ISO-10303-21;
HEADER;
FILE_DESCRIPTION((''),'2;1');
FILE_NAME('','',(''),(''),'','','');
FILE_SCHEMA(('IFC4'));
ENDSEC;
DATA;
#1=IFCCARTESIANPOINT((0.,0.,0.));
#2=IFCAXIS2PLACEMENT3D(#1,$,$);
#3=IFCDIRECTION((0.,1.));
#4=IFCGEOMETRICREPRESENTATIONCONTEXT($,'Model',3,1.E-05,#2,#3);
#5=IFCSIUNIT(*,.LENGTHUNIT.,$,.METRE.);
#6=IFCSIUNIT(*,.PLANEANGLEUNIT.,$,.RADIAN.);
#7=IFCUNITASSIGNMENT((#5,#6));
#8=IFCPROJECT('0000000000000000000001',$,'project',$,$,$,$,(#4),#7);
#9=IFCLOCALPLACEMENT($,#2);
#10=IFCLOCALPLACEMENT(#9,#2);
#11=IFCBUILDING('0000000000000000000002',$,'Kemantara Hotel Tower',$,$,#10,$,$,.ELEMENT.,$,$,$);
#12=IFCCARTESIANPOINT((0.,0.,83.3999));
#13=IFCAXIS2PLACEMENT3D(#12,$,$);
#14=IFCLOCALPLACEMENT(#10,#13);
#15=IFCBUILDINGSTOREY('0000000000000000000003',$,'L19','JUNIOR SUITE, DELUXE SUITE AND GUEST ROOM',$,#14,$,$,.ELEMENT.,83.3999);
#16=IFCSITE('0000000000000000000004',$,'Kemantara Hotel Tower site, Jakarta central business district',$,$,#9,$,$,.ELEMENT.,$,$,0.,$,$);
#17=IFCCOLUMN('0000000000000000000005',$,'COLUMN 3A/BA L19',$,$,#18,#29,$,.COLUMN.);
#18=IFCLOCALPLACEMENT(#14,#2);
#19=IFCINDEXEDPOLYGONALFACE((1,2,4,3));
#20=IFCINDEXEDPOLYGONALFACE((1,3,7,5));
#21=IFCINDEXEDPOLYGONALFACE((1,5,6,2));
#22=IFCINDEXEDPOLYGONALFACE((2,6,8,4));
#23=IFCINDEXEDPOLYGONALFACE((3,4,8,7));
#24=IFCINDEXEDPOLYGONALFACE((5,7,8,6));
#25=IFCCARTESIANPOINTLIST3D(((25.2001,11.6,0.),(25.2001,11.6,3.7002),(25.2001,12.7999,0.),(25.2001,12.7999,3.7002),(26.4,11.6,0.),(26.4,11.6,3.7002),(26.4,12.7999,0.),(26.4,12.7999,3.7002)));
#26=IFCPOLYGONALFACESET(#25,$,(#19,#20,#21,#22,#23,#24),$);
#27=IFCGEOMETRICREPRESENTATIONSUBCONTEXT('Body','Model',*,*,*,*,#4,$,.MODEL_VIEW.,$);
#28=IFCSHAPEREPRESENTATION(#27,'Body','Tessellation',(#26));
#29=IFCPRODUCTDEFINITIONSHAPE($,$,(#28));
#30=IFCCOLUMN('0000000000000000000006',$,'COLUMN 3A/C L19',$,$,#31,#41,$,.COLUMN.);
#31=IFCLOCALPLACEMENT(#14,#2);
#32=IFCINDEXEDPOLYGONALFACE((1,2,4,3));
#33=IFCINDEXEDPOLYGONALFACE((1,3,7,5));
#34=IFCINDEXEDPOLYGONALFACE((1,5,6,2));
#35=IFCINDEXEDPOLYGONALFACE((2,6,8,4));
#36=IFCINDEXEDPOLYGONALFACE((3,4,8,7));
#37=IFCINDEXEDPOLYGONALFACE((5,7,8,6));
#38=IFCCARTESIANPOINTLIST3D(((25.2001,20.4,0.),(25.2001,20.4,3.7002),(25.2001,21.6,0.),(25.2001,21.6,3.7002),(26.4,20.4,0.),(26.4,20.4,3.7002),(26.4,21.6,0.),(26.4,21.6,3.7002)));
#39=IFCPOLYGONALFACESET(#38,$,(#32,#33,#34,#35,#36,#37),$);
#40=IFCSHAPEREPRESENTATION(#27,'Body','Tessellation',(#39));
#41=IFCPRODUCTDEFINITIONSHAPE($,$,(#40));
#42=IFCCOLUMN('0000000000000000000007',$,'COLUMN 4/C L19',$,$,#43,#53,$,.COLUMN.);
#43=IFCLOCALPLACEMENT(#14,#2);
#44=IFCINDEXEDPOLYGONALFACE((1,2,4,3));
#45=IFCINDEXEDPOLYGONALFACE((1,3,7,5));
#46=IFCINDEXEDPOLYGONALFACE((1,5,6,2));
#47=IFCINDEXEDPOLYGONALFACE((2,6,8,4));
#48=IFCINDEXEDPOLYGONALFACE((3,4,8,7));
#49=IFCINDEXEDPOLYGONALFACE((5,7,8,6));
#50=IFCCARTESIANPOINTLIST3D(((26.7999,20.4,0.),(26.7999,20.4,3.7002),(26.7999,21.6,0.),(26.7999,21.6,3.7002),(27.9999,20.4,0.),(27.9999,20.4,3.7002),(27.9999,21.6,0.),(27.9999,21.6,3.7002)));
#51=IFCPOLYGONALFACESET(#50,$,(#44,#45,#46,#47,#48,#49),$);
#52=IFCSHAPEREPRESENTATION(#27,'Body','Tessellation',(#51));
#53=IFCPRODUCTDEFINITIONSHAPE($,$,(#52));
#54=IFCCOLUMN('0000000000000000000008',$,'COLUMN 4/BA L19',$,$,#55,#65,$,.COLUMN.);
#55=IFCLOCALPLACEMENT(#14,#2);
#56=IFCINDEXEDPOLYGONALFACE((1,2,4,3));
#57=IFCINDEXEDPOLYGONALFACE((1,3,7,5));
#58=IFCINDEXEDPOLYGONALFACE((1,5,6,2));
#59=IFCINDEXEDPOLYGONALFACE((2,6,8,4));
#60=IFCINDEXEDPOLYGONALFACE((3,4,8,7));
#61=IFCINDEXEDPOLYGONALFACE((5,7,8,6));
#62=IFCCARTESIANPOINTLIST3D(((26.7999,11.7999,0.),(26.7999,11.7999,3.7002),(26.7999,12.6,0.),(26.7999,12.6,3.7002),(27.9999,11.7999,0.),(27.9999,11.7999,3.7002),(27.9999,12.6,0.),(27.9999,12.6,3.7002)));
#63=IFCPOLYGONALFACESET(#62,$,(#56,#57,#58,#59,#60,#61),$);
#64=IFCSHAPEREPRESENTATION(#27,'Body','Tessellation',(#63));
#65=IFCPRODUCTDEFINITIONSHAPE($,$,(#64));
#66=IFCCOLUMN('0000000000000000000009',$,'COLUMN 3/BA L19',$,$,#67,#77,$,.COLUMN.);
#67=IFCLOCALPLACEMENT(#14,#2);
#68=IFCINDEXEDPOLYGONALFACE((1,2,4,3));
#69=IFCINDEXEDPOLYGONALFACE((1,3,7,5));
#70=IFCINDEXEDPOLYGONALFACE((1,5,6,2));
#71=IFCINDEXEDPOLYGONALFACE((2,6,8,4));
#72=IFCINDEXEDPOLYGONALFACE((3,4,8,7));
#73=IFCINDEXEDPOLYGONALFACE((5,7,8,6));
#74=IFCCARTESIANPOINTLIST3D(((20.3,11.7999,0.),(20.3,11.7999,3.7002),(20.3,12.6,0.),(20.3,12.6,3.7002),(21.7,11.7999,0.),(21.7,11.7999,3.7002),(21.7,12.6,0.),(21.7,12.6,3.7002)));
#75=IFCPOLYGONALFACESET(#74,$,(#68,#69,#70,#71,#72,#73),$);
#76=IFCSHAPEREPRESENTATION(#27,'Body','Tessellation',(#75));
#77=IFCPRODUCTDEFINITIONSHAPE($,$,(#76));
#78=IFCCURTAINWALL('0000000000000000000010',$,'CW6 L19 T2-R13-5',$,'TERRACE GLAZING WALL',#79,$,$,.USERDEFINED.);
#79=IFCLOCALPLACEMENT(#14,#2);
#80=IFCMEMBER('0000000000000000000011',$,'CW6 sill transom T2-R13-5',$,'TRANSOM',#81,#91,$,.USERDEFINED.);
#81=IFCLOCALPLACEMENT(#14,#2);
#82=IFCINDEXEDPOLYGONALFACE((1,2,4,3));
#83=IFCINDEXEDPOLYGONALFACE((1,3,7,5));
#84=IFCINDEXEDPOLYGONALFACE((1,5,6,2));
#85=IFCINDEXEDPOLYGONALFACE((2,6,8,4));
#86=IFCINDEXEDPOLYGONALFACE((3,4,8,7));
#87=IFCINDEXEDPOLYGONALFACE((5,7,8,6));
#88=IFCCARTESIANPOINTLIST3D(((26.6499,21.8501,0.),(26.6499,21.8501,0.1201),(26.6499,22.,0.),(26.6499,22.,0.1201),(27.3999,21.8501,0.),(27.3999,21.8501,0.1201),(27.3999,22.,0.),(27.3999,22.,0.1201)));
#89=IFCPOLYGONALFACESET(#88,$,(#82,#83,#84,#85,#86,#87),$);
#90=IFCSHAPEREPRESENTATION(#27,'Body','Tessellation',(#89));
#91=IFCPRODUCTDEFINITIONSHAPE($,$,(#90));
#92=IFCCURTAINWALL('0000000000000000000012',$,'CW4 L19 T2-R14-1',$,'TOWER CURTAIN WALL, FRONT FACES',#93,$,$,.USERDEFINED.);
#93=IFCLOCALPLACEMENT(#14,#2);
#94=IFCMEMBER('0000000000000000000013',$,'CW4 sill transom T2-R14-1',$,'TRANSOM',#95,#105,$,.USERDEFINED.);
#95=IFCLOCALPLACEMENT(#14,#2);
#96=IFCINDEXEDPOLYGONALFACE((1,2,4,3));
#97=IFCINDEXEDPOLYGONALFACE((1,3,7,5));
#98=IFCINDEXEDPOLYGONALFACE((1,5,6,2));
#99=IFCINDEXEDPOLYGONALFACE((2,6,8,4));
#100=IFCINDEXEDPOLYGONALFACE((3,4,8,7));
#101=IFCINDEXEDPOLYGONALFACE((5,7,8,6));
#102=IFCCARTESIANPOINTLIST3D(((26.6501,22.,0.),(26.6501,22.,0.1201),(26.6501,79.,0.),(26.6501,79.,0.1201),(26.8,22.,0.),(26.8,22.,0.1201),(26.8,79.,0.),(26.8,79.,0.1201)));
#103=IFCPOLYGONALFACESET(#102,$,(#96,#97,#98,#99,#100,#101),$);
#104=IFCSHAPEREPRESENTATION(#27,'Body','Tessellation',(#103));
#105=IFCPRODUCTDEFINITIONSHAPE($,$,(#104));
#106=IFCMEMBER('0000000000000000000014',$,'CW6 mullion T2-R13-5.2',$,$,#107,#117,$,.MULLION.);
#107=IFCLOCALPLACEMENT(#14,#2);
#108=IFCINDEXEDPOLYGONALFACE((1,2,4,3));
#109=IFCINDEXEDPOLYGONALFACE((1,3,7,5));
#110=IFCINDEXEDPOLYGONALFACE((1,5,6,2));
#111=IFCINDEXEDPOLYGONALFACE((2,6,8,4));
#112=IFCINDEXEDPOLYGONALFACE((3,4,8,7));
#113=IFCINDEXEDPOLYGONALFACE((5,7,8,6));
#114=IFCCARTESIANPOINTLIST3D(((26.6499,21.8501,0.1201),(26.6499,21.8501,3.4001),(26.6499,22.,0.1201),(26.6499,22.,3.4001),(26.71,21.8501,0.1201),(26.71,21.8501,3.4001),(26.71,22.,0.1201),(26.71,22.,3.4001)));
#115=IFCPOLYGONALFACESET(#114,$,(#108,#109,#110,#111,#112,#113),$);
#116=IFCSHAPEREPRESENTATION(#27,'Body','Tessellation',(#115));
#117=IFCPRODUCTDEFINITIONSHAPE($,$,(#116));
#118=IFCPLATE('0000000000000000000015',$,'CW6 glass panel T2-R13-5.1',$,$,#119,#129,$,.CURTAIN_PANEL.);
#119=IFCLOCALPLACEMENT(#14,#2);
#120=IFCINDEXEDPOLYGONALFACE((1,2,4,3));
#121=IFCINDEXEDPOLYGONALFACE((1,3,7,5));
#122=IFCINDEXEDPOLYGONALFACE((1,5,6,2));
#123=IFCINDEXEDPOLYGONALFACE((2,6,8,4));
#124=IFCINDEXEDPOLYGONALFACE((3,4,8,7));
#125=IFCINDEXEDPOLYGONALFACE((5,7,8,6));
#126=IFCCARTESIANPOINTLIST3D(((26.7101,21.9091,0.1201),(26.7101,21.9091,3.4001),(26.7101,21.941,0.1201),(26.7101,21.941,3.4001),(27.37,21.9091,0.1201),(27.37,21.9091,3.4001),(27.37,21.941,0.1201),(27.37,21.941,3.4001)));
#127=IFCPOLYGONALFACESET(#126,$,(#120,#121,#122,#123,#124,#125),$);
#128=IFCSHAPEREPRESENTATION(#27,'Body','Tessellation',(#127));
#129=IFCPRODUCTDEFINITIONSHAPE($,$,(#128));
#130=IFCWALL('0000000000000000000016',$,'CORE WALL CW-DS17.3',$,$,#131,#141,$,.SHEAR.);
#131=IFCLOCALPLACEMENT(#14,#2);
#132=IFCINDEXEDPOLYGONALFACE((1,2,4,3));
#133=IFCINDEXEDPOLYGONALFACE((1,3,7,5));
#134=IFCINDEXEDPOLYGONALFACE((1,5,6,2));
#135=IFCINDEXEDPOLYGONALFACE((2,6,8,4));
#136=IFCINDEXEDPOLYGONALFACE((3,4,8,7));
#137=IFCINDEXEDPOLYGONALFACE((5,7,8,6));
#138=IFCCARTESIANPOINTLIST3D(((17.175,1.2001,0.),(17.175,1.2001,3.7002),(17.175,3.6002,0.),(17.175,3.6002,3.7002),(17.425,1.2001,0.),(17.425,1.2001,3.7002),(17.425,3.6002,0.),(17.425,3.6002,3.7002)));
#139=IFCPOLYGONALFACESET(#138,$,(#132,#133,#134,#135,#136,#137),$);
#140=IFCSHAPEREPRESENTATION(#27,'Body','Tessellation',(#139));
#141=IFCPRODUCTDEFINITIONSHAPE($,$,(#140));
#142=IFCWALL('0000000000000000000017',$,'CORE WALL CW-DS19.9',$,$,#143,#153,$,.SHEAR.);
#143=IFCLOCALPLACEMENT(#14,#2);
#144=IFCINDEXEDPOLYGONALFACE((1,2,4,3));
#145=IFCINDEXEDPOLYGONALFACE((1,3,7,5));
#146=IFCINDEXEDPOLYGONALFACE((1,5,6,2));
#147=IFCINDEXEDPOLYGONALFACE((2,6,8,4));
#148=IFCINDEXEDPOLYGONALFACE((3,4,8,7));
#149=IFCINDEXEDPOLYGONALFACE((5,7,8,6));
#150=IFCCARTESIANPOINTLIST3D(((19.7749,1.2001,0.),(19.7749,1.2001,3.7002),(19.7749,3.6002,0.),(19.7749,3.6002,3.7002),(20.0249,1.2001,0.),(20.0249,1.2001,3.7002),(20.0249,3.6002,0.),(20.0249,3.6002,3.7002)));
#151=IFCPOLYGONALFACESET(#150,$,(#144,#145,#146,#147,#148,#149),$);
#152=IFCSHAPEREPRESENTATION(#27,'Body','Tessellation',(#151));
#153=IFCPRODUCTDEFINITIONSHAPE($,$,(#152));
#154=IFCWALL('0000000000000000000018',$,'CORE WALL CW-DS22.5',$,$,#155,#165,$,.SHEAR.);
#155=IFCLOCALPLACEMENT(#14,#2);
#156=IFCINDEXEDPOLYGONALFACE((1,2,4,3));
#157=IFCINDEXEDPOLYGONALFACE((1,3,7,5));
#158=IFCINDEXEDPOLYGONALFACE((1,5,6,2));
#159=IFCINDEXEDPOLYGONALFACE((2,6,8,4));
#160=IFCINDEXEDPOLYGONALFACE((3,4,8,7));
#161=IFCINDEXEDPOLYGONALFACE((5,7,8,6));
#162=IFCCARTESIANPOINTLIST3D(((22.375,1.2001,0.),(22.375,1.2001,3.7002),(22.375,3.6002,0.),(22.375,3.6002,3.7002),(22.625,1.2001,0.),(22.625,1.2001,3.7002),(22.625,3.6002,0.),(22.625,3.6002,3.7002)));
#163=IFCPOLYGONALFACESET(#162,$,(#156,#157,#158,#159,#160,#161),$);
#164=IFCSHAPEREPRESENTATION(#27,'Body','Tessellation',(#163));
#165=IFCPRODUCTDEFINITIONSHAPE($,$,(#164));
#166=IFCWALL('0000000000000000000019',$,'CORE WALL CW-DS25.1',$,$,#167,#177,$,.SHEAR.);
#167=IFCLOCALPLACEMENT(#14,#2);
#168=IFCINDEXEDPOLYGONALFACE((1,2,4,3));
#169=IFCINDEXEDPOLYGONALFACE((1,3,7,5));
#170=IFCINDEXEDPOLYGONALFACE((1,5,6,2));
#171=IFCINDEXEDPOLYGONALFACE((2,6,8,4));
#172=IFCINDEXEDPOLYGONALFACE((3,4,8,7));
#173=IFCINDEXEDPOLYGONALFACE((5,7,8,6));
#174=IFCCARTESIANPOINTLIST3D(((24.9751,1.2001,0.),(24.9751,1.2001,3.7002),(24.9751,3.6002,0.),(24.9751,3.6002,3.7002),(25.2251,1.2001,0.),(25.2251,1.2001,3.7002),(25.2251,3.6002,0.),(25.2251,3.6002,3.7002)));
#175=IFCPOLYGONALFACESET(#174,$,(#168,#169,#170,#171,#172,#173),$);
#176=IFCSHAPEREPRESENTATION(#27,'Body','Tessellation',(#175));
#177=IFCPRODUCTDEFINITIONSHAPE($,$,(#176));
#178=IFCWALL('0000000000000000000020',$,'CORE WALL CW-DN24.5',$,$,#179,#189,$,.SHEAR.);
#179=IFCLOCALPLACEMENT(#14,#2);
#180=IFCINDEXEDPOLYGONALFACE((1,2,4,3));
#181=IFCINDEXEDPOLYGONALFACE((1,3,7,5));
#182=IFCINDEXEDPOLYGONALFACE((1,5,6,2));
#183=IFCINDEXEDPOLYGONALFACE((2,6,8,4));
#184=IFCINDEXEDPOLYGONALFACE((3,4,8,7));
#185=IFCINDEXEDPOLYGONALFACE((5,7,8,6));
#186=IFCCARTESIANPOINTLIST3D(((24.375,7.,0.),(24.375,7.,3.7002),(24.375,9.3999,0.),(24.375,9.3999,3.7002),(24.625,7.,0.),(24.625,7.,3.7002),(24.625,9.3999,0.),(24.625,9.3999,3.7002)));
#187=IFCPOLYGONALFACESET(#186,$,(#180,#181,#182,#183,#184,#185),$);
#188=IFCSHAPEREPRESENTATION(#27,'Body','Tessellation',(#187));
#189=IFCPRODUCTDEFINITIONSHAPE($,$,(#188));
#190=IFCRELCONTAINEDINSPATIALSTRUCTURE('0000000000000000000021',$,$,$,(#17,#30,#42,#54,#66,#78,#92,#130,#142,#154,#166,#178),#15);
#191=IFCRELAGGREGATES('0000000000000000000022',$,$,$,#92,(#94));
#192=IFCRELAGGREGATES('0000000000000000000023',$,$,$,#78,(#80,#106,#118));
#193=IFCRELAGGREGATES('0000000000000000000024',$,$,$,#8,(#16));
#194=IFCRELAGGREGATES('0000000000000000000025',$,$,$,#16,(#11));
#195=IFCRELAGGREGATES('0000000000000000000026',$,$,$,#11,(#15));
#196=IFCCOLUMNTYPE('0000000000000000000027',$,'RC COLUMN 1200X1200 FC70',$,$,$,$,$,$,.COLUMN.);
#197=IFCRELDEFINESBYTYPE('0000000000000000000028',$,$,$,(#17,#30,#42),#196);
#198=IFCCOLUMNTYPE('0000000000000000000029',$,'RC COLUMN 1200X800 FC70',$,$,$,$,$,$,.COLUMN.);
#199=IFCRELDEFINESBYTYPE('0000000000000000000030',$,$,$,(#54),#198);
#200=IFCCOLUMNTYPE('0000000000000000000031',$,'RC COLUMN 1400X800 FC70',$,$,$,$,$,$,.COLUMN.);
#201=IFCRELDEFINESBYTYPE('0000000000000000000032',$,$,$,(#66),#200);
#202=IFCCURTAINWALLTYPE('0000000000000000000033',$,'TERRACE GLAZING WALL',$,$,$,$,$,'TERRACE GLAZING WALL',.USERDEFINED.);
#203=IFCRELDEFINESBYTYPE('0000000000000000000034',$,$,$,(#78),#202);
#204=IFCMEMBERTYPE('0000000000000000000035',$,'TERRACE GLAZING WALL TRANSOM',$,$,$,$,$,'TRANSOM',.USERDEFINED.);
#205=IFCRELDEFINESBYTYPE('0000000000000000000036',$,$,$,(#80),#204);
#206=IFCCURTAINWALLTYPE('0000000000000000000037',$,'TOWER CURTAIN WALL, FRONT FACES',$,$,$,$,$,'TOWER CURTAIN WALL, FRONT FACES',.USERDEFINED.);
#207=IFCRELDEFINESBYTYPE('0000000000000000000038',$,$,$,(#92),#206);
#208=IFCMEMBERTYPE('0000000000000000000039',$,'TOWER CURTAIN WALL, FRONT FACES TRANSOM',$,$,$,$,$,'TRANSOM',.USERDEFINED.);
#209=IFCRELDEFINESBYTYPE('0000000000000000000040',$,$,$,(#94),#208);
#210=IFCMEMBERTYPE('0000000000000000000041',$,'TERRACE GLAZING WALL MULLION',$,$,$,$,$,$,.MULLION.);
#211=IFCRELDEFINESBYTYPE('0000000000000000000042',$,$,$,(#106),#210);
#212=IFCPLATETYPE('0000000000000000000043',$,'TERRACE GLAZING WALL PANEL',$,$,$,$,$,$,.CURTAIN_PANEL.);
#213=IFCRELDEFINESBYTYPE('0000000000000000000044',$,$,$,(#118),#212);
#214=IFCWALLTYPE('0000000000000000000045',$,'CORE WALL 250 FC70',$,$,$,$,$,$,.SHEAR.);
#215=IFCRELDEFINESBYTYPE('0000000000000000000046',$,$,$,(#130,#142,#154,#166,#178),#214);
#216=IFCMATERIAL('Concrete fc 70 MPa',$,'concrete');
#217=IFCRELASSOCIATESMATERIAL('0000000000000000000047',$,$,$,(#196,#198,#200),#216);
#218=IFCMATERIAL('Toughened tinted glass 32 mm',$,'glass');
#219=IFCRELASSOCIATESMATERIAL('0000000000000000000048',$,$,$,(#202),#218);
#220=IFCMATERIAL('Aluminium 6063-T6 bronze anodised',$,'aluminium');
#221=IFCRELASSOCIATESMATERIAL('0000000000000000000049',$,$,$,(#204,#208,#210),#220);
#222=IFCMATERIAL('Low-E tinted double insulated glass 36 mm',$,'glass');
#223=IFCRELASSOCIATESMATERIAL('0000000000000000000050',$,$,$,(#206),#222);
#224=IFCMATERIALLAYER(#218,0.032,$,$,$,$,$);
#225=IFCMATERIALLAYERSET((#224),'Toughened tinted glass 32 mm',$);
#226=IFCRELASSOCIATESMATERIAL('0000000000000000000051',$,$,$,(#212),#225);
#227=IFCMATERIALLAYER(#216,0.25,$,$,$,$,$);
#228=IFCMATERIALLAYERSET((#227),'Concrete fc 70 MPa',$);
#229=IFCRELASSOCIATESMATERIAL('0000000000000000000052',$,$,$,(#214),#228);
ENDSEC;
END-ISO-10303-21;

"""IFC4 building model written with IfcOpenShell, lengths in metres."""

from ifc_helpers import new_model, si_unit, direction, frame, frame_2d, origin, origin_2d, place, context, subcontext, project, spatial, rectangle, extrude, source, transform, mapped, material, layer, layer_set, material_profile, profile_set, type_object, element, aggregate, save


model = new_model("IFC4")

# Units and contexts
model_context = context("Model", 3, precision=1e-05, world=origin(), true_north=direction((0.0, 1.0)))
body_context = subcontext(model_context, "Body", "Model", "MODEL_VIEW")
ifc_project = project(units=[si_unit("LENGTHUNIT", "METRE"), si_unit("PLANEANGLEUNIT", "RADIAN")], contexts=[model_context])

# Site, building, storey
site_placement = place(None, origin())
site = spatial("IfcSite", under=ifc_project, at=site_placement, Name="Kemantara Hotel Tower site, Jakarta central business district", CompositionType="ELEMENT", RefElevation=0.0)
building_placement = place(site_placement, origin())
building = spatial("IfcBuilding", under=site, at=building_placement, Name="Kemantara Hotel Tower", CompositionType="ELEMENT")
storey_placement = place(building_placement, frame((0.0, 0.0, 83.3999)))
storey = spatial("IfcBuildingStorey", under=building, at=storey_placement, Name="L19", Description="JUNIOR SUITE, DELUXE SUITE AND GUEST ROOM", CompositionType="ELEMENT", Elevation=83.3999)

# Columns
ifc_material_1 = material(Name="Concrete fc 70 MPa", Category="concrete")
ifc_material_profile_1 = material_profile(ifc_material_1, rectangle(XDim=1.2, YDim=1.2, at=origin_2d()), Name="RC 1200X1200")
ifc_profile_set_1 = profile_set([ifc_material_profile_1], Name="Concrete fc 70 MPa")
column_type_1 = type_object("IfcColumnType", Name="RC COLUMN 1200X1200 FC70", PredefinedType="COLUMN", material=ifc_profile_set_1)
for number, where, z_axis, x_axis, name in (
    (1, (25.8, 12.2, 0.0), (0.0, 0.0, 1.0), (1.0, 0.0, 0.0), "COLUMN 3A/BA L19"),
    (2, (25.8, 21.0, 0.0), (0.0, 0.0, 1.0), (1.0, 0.0, 0.0), "COLUMN 3A/C L19"),
    (3, (27.3999, 21.0, 0.0), (0.0, 0.0, 1.0), (1.0, 0.0, 0.0), "COLUMN 4/C L19"),
):
    element("IfcColumn", number, at=place(storey_placement, frame(where, z_axis=z_axis, x_axis=x_axis)), inside=storey, type_object=column_type_1, Name=name, PredefinedType="COLUMN", context=body_context, shape_type="SweptSolid", body=[
        extrude(rectangle(XDim=1.2, YDim=1.2, at=origin_2d()), origin(), (0.0, 0.0, 1.0), 3.7002),
    ])
ifc_material_profile_2 = material_profile(ifc_material_1, rectangle(XDim=1.2, YDim=0.8, at=origin_2d()), Name="RC 1200X800")
ifc_profile_set_2 = profile_set([ifc_material_profile_2], Name="Concrete fc 70 MPa")
column_type_2 = type_object("IfcColumnType", Name="RC COLUMN 1200X800 FC70", PredefinedType="COLUMN", material=ifc_profile_set_2)
column_1_placement = place(storey_placement, frame((27.3999, 12.2, 0.0), z_axis=(0.0, 0.0, 1.0), x_axis=(1.0, 0.0, 0.0)))
element("IfcColumn", 4, at=column_1_placement, inside=storey, type_object=column_type_2, Name="COLUMN 4/BA L19", PredefinedType="COLUMN", context=body_context, shape_type="SweptSolid", body=[
    extrude(rectangle(XDim=1.2, YDim=0.8, at=origin_2d()), origin(), (0.0, 0.0, 1.0), 3.7002),
])
ifc_material_profile_3 = material_profile(ifc_material_1, rectangle(XDim=1.3999, YDim=0.8, at=origin_2d()), Name="RC 1400X800")
ifc_profile_set_3 = profile_set([ifc_material_profile_3], Name="Concrete fc 70 MPa")
column_type_3 = type_object("IfcColumnType", Name="RC COLUMN 1400X800 FC70", PredefinedType="COLUMN", material=ifc_profile_set_3)
column_2_placement = place(storey_placement, frame((21.0, 12.2, 0.0), z_axis=(0.0, 0.0, 1.0), x_axis=(1.0, 0.0, 0.0)))
element("IfcColumn", 5, at=column_2_placement, inside=storey, type_object=column_type_3, Name="COLUMN 3/BA L19", PredefinedType="COLUMN", context=body_context, shape_type="SweptSolid", body=[
    extrude(rectangle(XDim=1.3999, YDim=0.8, at=origin_2d()), origin(), (0.0, 0.0, 1.0), 3.7002),
])

# Curtain walls, members
ifc_material_2 = material(Name="Toughened tinted glass 32 mm", Category="glass")
curtain_wall_type_1 = type_object("IfcCurtainWallType", Name="TERRACE GLAZING WALL", ElementType="TERRACE GLAZING WALL", PredefinedType="USERDEFINED", material=ifc_material_2)
curtain_wall_1_placement = place(storey_placement, origin())
curtain_wall_1 = element("IfcCurtainWall", 6, at=curtain_wall_1_placement, inside=storey, type_object=curtain_wall_type_1, Name="CW6 L19 T2-R13-5", ObjectType="TERRACE GLAZING WALL", PredefinedType="USERDEFINED")
ifc_material_3 = material(Name="Aluminium 6063-T6 bronze anodised", Category="aluminium")
ifc_material_profile_4 = material_profile(ifc_material_3, rectangle(XDim=0.1499, YDim=0.1201, at=origin_2d()), Name="TERRACE GLAZING WALL TRANSOM")
ifc_profile_set_4 = profile_set([ifc_material_profile_4], Name="Aluminium 6063-T6 bronze anodised")
member_type_1 = type_object("IfcMemberType", Name="TERRACE GLAZING WALL TRANSOM", ElementType="TRANSOM", PredefinedType="USERDEFINED", material=ifc_profile_set_4)
member_1_placement = place(storey_placement, frame((27.3999, 21.925, 0.0601), z_axis=(-1.0, 0.0, 0.0), x_axis=(0.0, -1.0, 0.0)))
member_1 = element("IfcMember", 7, at=member_1_placement, type_object=member_type_1, Name="CW6 sill transom T2-R13-5", ObjectType="TRANSOM", PredefinedType="USERDEFINED", context=body_context, shape_type="SweptSolid", body=[
    extrude(rectangle(XDim=0.1499, YDim=0.1201, at=origin_2d()), origin(), (0.0, 0.0, 1.0), 0.75),
])
ifc_material_4 = material(Name="Low-E tinted double insulated glass 36 mm", Category="glass")
curtain_wall_type_2 = type_object("IfcCurtainWallType", Name="TOWER CURTAIN WALL, FRONT FACES", ElementType="TOWER CURTAIN WALL, FRONT FACES", PredefinedType="USERDEFINED", material=ifc_material_4)
curtain_wall_2_placement = place(storey_placement, origin())
curtain_wall_2 = element("IfcCurtainWall", 8, at=curtain_wall_2_placement, inside=storey, type_object=curtain_wall_type_2, Name="CW4 L19 T2-R14-1", ObjectType="TOWER CURTAIN WALL, FRONT FACES", PredefinedType="USERDEFINED")
ifc_material_profile_5 = material_profile(ifc_material_3, rectangle(XDim=0.1499, YDim=0.1201, at=origin_2d()), Name="TOWER CURTAIN WALL, FRONT FACES TRANSOM")
ifc_profile_set_5 = profile_set([ifc_material_profile_5], Name="Aluminium 6063-T6 bronze anodised")
member_type_2 = type_object("IfcMemberType", Name="TOWER CURTAIN WALL, FRONT FACES TRANSOM", ElementType="TRANSOM", PredefinedType="USERDEFINED", material=ifc_profile_set_5)
member_2_placement = place(storey_placement, frame((26.7251, 22.0, 0.0601), z_axis=(0.0, 1.0, 0.0), x_axis=(-1.0, 0.0, 0.0)))
member_2 = element("IfcMember", 9, at=member_2_placement, type_object=member_type_2, Name="CW4 sill transom T2-R14-1", ObjectType="TRANSOM", PredefinedType="USERDEFINED", context=body_context, shape_type="SweptSolid", body=[
    extrude(rectangle(XDim=0.1499, YDim=0.1201, at=origin_2d()), origin(), (0.0, 0.0, 1.0), 57.0),
])
aggregate(curtain_wall_2, [member_2])

# Member
ifc_material_profile_6 = material_profile(ifc_material_3, rectangle(XDim=0.1499, YDim=0.0601, at=origin_2d()), Name="TERRACE GLAZING WALL MULLION")
ifc_profile_set_6 = profile_set([ifc_material_profile_6], Name="Aluminium 6063-T6 bronze anodised")
member_type_3 = type_object("IfcMemberType", Name="TERRACE GLAZING WALL MULLION", PredefinedType="MULLION", material=ifc_profile_set_6)
shared_shape_1 = source(origin(), body_context, "Body", "SweptSolid", [
    extrude(rectangle(XDim=0.1499, YDim=0.0601, at=origin_2d()), origin(), (0.0, 0.0, 1.0), 3.28),
])
member_3_placement = place(storey_placement, frame((26.6799, 21.925, 0.1201), z_axis=(0.0, 0.0, 1.0), x_axis=(0.0, -1.0, 0.0)))
member_3 = element("IfcMember", 10, at=member_3_placement, type_object=member_type_3, Name="CW6 mullion T2-R13-5.2", PredefinedType="MULLION", context=body_context, shape_type="MappedRepresentation", body=[
    mapped(shared_shape_1, transform((0.0, 0.0, 0.0))),
])

# Plate
ifc_layer_1 = layer(ifc_material_2, 0.032)
ifc_layer_set_1 = layer_set([ifc_layer_1], Name="Toughened tinted glass 32 mm")
plate_type = type_object("IfcPlateType", Name="TERRACE GLAZING WALL PANEL", PredefinedType="CURTAIN_PANEL", material=ifc_layer_set_1)
shared_shape_2 = source(origin(), body_context, "Body", "SweptSolid", [
    extrude(rectangle(XDim=0.6599, YDim=0.032, at=origin_2d()), origin(), (0.0, 0.0, 1.0), 3.28),
])
plate_placement = place(storey_placement, frame((27.04, 21.925, 0.1201), z_axis=(0.0, 0.0, 1.0), x_axis=(-1.0, 0.0, 0.0)))
plate = element("IfcPlate", 11, at=plate_placement, type_object=plate_type, Name="CW6 glass panel T2-R13-5.1", PredefinedType="CURTAIN_PANEL", context=body_context, shape_type="MappedRepresentation", body=[
    mapped(shared_shape_2, transform((0.0, 0.0, 0.0))),
])
aggregate(curtain_wall_1, [member_1, member_3, plate])

# Walls
ifc_layer_2 = layer(ifc_material_1, 0.25)
ifc_layer_set_2 = layer_set([ifc_layer_2], Name="Concrete fc 70 MPa")
wall_type_1 = type_object("IfcWallType", Name="CORE WALL 250 FC70", PredefinedType="SHEAR", material=ifc_layer_set_2)
for number, where, z_axis, x_axis, name in (
    (12, (17.3, 1.2, 0.0), (0.0, 0.0, 1.0), (0.0, 1.0, 0.0), "CORE WALL CW-DS17.3"),
    (13, (19.8999, 1.2, 0.0), (0.0, 0.0, 1.0), (0.0, 1.0, 0.0), "CORE WALL CW-DS19.9"),
    (14, (22.5, 1.2, 0.0), (0.0, 0.0, 1.0), (0.0, 1.0, 0.0), "CORE WALL CW-DS22.5"),
    (15, (25.1001, 1.2, 0.0), (0.0, 0.0, 1.0), (0.0, 1.0, 0.0), "CORE WALL CW-DS25.1"),
):
    element("IfcWall", number, at=place(storey_placement, frame(where, z_axis=z_axis, x_axis=x_axis)), inside=storey, type_object=wall_type_1, Name=name, PredefinedType="SHEAR", context=body_context, shape_type="SweptSolid", body=[
        extrude(rectangle(XDim=2.4001, YDim=0.25, at=frame_2d((1.2002, 0.0))), origin(), (0.0, 0.0, 1.0), 3.7002),
    ])
for number, where, z_axis, x_axis, name in (
    (16, (24.5, 7.0, 0.0), (0.0, 0.0, 1.0), (0.0, 1.0, 0.0), "CORE WALL CW-DN24.5"),
):
    element("IfcWall", number, at=place(storey_placement, frame(where, z_axis=z_axis, x_axis=x_axis)), inside=storey, type_object=wall_type_1, Name=name, PredefinedType="SHEAR", context=body_context, shape_type="SweptSolid", body=[
        extrude(rectangle(XDim=2.3999, YDim=0.25, at=frame_2d((1.2, 0.0))), origin(), (0.0, 0.0, 1.0), 3.7002),
    ])

save(model, "model.ifc")
